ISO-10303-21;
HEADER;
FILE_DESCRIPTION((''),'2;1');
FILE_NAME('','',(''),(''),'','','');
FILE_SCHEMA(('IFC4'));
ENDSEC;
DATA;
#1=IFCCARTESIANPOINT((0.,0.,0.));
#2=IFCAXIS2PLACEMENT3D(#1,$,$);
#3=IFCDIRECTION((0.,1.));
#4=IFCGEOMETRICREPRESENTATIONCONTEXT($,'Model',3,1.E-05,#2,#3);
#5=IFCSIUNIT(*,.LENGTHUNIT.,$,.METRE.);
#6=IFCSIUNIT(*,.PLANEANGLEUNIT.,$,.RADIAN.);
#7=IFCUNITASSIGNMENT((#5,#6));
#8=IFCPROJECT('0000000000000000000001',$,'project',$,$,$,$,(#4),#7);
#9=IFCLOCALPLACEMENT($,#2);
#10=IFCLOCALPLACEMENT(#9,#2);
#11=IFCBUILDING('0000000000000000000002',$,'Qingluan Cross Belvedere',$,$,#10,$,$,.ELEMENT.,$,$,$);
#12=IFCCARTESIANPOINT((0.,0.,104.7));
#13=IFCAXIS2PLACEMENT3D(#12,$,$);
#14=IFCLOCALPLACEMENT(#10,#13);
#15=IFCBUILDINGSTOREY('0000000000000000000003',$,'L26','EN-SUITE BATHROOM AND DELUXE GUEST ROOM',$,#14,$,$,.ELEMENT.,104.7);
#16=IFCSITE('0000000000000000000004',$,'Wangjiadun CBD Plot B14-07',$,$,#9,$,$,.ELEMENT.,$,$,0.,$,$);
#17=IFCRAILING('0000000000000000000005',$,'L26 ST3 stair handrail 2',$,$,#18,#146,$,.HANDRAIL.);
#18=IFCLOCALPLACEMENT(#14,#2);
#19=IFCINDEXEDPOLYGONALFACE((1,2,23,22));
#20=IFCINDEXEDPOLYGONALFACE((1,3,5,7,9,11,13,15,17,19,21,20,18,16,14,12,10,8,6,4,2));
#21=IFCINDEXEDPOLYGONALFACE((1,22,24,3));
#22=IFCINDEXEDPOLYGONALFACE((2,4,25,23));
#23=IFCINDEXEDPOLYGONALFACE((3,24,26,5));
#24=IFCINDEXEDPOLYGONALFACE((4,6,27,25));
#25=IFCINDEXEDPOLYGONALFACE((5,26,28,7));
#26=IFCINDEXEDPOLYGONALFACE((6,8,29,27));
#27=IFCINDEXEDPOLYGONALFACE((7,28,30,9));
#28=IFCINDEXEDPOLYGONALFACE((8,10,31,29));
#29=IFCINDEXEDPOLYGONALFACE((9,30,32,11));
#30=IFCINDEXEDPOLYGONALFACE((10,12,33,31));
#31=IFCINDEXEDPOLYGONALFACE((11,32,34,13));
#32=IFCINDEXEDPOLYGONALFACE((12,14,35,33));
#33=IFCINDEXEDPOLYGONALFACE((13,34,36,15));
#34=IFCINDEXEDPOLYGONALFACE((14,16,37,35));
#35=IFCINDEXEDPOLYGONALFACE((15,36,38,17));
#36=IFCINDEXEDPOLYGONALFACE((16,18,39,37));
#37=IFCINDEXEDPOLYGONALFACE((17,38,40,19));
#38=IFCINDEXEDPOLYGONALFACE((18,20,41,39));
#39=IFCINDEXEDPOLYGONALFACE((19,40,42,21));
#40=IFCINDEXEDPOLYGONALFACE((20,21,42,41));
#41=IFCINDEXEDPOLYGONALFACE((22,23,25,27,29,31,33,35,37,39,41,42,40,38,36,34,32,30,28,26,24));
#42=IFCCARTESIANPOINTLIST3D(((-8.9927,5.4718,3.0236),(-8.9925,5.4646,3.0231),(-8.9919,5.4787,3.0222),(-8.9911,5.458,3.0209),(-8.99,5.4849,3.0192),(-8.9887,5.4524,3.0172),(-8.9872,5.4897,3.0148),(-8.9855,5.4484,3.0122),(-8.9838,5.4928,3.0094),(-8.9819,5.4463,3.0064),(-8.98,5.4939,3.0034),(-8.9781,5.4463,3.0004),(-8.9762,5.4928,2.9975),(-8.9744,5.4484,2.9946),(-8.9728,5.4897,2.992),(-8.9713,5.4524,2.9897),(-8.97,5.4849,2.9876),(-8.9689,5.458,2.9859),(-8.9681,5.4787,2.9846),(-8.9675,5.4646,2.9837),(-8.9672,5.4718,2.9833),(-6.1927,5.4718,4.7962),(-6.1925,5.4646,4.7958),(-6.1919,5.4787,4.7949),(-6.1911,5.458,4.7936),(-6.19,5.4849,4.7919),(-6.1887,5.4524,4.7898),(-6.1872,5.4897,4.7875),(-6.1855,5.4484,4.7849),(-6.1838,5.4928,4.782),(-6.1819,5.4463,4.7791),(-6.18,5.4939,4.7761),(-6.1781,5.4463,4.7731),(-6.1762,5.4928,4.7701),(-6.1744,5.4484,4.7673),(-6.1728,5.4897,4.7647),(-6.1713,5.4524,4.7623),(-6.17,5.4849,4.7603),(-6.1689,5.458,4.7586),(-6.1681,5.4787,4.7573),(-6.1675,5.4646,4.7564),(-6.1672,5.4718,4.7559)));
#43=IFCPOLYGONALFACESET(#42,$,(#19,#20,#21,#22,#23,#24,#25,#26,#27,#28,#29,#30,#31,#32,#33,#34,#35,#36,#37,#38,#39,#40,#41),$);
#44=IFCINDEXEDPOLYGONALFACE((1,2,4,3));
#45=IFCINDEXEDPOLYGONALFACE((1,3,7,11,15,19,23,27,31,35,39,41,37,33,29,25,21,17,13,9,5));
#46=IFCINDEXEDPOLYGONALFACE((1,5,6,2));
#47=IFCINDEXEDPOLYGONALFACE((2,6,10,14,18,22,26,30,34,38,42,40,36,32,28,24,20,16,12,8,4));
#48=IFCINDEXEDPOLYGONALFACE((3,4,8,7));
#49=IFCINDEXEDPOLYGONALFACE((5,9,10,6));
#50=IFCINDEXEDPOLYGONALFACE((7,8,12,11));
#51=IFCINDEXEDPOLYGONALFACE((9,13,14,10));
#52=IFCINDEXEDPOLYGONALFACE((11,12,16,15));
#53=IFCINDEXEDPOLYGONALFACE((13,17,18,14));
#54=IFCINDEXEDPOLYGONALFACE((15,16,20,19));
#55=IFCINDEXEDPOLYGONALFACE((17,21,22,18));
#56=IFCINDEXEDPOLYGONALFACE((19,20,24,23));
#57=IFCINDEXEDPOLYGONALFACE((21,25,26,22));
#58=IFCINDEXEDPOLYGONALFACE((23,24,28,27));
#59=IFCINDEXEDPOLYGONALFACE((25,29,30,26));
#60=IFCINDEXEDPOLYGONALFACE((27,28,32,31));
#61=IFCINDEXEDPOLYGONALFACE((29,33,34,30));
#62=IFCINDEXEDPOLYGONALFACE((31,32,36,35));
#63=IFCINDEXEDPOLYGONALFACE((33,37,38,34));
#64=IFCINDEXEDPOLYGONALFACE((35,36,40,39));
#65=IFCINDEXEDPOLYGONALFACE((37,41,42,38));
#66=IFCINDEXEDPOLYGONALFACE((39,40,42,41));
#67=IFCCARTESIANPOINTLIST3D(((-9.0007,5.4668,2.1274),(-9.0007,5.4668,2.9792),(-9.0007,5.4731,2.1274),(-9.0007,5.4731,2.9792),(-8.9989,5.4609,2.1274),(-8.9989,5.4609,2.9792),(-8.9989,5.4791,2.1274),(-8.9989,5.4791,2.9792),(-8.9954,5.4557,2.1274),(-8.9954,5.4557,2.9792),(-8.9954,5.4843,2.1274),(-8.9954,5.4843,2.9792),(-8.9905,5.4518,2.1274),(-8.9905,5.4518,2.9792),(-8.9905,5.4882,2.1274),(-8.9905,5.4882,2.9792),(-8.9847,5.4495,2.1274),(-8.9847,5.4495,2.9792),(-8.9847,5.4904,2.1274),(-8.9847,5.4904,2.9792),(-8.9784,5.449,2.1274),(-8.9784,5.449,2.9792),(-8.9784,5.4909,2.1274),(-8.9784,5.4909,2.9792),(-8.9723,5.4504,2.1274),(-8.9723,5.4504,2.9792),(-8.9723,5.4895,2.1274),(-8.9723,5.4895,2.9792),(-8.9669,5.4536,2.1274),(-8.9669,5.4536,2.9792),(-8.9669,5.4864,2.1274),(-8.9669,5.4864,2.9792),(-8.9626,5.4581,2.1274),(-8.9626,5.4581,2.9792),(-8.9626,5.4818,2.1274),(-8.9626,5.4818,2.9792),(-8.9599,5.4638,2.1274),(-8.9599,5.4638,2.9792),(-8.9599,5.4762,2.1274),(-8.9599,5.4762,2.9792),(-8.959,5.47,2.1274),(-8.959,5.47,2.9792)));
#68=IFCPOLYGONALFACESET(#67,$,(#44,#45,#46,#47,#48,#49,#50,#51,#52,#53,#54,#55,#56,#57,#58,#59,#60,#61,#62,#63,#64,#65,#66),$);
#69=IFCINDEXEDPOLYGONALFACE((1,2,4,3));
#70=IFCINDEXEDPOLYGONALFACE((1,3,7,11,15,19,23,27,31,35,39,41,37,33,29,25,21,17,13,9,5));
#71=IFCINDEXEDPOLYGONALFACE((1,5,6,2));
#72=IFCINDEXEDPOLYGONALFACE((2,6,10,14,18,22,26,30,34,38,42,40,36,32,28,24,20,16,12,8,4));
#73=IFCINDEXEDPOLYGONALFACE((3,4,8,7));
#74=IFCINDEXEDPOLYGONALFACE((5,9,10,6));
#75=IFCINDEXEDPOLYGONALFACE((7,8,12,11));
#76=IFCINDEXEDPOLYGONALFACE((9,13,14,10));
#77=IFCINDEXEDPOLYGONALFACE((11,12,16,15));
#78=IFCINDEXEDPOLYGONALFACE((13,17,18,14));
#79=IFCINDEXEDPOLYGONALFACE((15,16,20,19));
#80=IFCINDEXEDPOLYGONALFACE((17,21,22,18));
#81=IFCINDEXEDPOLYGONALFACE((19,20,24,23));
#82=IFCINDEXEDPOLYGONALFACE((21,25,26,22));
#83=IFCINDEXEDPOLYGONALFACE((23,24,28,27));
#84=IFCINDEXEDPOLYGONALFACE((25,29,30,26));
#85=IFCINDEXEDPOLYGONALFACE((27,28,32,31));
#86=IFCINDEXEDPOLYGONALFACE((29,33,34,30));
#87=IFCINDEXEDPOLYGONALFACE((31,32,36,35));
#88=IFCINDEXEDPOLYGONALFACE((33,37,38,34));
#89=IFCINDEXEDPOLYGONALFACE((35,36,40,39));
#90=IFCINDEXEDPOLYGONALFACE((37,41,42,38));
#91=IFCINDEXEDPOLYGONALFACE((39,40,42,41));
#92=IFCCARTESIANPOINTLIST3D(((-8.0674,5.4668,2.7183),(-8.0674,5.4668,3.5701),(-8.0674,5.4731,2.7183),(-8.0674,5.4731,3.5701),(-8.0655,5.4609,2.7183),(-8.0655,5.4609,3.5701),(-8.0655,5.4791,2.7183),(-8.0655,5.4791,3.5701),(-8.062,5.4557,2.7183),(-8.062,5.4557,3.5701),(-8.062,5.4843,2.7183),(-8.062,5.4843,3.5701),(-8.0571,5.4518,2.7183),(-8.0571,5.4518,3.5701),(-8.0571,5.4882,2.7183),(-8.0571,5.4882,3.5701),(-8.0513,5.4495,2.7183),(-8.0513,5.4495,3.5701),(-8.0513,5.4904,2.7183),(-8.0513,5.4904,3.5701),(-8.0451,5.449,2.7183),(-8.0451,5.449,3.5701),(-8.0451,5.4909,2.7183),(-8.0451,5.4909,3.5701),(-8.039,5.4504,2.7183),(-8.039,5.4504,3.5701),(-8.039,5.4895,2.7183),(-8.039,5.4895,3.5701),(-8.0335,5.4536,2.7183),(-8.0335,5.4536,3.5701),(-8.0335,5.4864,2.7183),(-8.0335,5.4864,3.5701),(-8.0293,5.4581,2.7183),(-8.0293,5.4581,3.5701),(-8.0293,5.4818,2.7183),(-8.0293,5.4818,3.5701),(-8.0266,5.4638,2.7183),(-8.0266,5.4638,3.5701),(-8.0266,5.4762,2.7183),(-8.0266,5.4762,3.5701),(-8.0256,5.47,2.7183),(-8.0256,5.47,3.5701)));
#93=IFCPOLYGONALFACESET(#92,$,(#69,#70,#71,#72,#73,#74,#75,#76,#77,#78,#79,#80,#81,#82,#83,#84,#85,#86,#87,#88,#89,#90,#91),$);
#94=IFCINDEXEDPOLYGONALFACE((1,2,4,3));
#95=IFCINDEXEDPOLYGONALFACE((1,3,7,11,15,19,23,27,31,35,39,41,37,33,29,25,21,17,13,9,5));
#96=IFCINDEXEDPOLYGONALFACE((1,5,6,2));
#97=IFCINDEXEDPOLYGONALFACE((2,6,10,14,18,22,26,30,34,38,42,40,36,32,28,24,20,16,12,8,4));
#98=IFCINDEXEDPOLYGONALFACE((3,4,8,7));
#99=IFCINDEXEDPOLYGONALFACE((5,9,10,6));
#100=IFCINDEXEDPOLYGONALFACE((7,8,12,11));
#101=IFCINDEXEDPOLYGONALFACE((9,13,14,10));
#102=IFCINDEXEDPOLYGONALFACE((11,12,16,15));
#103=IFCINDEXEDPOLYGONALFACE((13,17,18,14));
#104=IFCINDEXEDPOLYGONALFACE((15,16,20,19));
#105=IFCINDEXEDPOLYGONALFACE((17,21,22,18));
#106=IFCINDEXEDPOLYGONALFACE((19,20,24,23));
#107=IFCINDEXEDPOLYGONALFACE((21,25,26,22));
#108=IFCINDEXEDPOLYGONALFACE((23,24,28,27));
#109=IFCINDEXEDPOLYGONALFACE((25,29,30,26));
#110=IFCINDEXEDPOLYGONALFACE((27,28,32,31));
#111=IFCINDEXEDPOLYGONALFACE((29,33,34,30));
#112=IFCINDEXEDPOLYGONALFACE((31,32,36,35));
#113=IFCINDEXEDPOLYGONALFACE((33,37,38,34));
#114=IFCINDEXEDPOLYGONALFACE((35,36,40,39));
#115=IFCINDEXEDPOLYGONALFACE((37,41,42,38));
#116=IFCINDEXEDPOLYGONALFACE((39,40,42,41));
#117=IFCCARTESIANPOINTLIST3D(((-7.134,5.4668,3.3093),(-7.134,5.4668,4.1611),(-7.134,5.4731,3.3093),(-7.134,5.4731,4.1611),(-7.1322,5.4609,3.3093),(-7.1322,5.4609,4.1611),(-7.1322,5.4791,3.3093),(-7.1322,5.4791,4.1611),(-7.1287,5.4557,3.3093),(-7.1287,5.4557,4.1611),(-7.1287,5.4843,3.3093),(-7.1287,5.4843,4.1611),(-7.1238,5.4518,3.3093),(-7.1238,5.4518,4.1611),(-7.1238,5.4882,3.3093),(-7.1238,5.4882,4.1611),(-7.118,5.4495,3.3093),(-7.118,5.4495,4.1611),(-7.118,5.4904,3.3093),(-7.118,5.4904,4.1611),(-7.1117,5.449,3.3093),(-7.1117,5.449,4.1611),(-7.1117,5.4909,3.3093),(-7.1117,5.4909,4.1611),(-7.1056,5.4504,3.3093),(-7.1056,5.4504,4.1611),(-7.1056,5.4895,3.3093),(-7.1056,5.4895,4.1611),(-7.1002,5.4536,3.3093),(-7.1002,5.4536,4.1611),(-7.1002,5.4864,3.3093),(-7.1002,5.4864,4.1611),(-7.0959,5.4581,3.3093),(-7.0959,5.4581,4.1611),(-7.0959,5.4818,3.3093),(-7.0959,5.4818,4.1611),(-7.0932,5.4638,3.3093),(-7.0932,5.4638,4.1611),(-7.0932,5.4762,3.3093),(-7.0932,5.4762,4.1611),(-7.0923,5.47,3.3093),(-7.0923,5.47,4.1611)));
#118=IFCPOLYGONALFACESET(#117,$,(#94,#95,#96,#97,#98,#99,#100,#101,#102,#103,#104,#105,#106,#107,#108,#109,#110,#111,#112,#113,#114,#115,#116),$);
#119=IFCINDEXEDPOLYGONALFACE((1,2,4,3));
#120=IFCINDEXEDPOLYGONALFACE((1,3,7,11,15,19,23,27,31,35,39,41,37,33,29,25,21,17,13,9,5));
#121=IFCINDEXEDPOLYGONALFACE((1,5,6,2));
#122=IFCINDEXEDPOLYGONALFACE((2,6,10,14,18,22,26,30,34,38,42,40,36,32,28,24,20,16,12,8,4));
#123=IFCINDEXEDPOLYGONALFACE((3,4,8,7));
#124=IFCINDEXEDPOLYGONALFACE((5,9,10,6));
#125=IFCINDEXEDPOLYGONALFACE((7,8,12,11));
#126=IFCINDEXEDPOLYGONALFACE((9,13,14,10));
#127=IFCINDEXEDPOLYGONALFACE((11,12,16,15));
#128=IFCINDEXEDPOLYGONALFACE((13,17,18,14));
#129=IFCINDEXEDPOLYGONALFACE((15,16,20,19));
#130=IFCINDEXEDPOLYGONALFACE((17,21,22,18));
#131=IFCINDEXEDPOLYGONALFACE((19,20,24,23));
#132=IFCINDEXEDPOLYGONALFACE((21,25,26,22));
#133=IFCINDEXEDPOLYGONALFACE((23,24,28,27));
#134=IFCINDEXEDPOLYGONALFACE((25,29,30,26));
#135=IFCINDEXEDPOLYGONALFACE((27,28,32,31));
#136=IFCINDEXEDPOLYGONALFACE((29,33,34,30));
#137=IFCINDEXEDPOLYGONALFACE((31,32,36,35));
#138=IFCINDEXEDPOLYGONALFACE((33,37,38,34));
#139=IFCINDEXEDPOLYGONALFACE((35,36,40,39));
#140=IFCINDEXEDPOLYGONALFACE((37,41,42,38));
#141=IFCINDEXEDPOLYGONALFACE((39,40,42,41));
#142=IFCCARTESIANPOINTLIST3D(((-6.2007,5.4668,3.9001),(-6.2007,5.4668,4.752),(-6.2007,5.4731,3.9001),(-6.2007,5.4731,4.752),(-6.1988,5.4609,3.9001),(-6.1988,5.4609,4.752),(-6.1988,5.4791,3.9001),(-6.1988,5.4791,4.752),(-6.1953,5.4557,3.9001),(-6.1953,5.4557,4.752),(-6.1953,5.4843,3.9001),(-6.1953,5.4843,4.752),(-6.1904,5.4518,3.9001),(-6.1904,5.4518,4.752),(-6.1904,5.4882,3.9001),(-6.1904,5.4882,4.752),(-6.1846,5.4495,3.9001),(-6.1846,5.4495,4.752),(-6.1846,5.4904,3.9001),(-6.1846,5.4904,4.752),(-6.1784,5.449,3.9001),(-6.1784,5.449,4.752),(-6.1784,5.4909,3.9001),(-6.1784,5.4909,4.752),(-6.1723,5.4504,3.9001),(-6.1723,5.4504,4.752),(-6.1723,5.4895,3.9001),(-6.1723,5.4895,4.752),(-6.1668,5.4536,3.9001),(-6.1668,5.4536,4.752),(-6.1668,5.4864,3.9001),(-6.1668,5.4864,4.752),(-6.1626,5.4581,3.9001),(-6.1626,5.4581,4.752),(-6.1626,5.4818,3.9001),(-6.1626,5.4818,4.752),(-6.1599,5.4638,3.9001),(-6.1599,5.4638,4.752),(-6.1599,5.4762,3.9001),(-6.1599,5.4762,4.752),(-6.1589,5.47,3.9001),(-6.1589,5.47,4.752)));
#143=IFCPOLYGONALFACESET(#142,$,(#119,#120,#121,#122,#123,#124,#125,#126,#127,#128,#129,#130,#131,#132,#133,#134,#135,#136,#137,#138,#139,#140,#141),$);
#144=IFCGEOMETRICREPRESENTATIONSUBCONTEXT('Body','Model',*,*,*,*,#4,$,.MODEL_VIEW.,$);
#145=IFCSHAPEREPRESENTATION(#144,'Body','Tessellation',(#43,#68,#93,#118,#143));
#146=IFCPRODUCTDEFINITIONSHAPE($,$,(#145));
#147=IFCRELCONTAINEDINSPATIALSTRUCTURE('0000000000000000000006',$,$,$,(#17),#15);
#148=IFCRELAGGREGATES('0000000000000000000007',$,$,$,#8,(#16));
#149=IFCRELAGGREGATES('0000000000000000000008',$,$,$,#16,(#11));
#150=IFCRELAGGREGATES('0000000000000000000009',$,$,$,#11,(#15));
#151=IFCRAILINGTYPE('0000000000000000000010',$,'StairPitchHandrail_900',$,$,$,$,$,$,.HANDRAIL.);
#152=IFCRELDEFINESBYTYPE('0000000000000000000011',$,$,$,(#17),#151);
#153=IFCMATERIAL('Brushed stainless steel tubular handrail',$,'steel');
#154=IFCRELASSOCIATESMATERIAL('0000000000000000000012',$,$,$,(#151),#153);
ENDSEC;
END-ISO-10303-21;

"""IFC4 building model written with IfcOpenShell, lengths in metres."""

from ifc_helpers import new_model, si_unit, direction, frame, origin, origin_2d, place, context, subcontext, project, spatial, circle, extrude, material, type_object, element, save


model = new_model("IFC4")

# Units and contexts
model_context = context("Model", 3, precision=1e-05, world=origin(), true_north=direction((0.0, 1.0)))
body_context = subcontext(model_context, "Body", "Model", "MODEL_VIEW")
ifc_project = project(units=[si_unit("LENGTHUNIT", "METRE"), si_unit("PLANEANGLEUNIT", "RADIAN")], contexts=[model_context])

# Site, building, storey
site_placement = place(None, origin())
site = spatial("IfcSite", under=ifc_project, at=site_placement, Name="Wangjiadun CBD Plot B14-07", CompositionType="ELEMENT", RefElevation=0.0)
building_placement = place(site_placement, origin())
building = spatial("IfcBuilding", under=site, at=building_placement, Name="Qingluan Cross Belvedere", CompositionType="ELEMENT")
storey_placement = place(building_placement, frame((0.0, 0.0, 104.7)))
storey = spatial("IfcBuildingStorey", under=building, at=storey_placement, Name="L26", Description="EN-SUITE BATHROOM AND DELUXE GUEST ROOM", CompositionType="ELEMENT", Elevation=104.7)

# Railing
ifc_material_1 = material(Name="Brushed stainless steel tubular handrail", Category="steel")
railing_type_1 = type_object("IfcRailingType", Name="StairPitchHandrail_900", PredefinedType="HANDRAIL", material=ifc_material_1)
railing_1_placement = place(storey_placement, frame((-8.98, 5.47, 2.1274)))
element("IfcRailing", 1, at=railing_1_placement, inside=storey, type_object=railing_type_1, Name="L26 ST3 stair handrail 2", PredefinedType="HANDRAIL", context=body_context, shape_type="SweptSolid", body=[
    extrude(circle(Radius=0.0239, at=origin_2d()), frame((0.0, 0.0, 0.876), z_axis=(0.844909, 0.0, 0.53491), x_axis=(0.0, 1.0, 0.0)), (0.0, 0.0, 1.0), 3.314),
    extrude(circle(Radius=0.021, at=origin_2d()), origin(), (0.0, 0.0, 1.0), 0.8518),
    extrude(circle(Radius=0.021, at=origin_2d()), frame((0.9333, 0.0, 0.5908)), (0.0, 0.0, 1.0), 0.8518),
    extrude(circle(Radius=0.021, at=origin_2d()), frame((1.8667, 0.0, 1.1819)), (0.0, 0.0, 1.0), 0.8518),
    extrude(circle(Radius=0.021, at=origin_2d()), frame((2.8, 0.0, 1.7727)), (0.0, 0.0, 1.0), 0.8518),
])

save(model, "model.ifc")
